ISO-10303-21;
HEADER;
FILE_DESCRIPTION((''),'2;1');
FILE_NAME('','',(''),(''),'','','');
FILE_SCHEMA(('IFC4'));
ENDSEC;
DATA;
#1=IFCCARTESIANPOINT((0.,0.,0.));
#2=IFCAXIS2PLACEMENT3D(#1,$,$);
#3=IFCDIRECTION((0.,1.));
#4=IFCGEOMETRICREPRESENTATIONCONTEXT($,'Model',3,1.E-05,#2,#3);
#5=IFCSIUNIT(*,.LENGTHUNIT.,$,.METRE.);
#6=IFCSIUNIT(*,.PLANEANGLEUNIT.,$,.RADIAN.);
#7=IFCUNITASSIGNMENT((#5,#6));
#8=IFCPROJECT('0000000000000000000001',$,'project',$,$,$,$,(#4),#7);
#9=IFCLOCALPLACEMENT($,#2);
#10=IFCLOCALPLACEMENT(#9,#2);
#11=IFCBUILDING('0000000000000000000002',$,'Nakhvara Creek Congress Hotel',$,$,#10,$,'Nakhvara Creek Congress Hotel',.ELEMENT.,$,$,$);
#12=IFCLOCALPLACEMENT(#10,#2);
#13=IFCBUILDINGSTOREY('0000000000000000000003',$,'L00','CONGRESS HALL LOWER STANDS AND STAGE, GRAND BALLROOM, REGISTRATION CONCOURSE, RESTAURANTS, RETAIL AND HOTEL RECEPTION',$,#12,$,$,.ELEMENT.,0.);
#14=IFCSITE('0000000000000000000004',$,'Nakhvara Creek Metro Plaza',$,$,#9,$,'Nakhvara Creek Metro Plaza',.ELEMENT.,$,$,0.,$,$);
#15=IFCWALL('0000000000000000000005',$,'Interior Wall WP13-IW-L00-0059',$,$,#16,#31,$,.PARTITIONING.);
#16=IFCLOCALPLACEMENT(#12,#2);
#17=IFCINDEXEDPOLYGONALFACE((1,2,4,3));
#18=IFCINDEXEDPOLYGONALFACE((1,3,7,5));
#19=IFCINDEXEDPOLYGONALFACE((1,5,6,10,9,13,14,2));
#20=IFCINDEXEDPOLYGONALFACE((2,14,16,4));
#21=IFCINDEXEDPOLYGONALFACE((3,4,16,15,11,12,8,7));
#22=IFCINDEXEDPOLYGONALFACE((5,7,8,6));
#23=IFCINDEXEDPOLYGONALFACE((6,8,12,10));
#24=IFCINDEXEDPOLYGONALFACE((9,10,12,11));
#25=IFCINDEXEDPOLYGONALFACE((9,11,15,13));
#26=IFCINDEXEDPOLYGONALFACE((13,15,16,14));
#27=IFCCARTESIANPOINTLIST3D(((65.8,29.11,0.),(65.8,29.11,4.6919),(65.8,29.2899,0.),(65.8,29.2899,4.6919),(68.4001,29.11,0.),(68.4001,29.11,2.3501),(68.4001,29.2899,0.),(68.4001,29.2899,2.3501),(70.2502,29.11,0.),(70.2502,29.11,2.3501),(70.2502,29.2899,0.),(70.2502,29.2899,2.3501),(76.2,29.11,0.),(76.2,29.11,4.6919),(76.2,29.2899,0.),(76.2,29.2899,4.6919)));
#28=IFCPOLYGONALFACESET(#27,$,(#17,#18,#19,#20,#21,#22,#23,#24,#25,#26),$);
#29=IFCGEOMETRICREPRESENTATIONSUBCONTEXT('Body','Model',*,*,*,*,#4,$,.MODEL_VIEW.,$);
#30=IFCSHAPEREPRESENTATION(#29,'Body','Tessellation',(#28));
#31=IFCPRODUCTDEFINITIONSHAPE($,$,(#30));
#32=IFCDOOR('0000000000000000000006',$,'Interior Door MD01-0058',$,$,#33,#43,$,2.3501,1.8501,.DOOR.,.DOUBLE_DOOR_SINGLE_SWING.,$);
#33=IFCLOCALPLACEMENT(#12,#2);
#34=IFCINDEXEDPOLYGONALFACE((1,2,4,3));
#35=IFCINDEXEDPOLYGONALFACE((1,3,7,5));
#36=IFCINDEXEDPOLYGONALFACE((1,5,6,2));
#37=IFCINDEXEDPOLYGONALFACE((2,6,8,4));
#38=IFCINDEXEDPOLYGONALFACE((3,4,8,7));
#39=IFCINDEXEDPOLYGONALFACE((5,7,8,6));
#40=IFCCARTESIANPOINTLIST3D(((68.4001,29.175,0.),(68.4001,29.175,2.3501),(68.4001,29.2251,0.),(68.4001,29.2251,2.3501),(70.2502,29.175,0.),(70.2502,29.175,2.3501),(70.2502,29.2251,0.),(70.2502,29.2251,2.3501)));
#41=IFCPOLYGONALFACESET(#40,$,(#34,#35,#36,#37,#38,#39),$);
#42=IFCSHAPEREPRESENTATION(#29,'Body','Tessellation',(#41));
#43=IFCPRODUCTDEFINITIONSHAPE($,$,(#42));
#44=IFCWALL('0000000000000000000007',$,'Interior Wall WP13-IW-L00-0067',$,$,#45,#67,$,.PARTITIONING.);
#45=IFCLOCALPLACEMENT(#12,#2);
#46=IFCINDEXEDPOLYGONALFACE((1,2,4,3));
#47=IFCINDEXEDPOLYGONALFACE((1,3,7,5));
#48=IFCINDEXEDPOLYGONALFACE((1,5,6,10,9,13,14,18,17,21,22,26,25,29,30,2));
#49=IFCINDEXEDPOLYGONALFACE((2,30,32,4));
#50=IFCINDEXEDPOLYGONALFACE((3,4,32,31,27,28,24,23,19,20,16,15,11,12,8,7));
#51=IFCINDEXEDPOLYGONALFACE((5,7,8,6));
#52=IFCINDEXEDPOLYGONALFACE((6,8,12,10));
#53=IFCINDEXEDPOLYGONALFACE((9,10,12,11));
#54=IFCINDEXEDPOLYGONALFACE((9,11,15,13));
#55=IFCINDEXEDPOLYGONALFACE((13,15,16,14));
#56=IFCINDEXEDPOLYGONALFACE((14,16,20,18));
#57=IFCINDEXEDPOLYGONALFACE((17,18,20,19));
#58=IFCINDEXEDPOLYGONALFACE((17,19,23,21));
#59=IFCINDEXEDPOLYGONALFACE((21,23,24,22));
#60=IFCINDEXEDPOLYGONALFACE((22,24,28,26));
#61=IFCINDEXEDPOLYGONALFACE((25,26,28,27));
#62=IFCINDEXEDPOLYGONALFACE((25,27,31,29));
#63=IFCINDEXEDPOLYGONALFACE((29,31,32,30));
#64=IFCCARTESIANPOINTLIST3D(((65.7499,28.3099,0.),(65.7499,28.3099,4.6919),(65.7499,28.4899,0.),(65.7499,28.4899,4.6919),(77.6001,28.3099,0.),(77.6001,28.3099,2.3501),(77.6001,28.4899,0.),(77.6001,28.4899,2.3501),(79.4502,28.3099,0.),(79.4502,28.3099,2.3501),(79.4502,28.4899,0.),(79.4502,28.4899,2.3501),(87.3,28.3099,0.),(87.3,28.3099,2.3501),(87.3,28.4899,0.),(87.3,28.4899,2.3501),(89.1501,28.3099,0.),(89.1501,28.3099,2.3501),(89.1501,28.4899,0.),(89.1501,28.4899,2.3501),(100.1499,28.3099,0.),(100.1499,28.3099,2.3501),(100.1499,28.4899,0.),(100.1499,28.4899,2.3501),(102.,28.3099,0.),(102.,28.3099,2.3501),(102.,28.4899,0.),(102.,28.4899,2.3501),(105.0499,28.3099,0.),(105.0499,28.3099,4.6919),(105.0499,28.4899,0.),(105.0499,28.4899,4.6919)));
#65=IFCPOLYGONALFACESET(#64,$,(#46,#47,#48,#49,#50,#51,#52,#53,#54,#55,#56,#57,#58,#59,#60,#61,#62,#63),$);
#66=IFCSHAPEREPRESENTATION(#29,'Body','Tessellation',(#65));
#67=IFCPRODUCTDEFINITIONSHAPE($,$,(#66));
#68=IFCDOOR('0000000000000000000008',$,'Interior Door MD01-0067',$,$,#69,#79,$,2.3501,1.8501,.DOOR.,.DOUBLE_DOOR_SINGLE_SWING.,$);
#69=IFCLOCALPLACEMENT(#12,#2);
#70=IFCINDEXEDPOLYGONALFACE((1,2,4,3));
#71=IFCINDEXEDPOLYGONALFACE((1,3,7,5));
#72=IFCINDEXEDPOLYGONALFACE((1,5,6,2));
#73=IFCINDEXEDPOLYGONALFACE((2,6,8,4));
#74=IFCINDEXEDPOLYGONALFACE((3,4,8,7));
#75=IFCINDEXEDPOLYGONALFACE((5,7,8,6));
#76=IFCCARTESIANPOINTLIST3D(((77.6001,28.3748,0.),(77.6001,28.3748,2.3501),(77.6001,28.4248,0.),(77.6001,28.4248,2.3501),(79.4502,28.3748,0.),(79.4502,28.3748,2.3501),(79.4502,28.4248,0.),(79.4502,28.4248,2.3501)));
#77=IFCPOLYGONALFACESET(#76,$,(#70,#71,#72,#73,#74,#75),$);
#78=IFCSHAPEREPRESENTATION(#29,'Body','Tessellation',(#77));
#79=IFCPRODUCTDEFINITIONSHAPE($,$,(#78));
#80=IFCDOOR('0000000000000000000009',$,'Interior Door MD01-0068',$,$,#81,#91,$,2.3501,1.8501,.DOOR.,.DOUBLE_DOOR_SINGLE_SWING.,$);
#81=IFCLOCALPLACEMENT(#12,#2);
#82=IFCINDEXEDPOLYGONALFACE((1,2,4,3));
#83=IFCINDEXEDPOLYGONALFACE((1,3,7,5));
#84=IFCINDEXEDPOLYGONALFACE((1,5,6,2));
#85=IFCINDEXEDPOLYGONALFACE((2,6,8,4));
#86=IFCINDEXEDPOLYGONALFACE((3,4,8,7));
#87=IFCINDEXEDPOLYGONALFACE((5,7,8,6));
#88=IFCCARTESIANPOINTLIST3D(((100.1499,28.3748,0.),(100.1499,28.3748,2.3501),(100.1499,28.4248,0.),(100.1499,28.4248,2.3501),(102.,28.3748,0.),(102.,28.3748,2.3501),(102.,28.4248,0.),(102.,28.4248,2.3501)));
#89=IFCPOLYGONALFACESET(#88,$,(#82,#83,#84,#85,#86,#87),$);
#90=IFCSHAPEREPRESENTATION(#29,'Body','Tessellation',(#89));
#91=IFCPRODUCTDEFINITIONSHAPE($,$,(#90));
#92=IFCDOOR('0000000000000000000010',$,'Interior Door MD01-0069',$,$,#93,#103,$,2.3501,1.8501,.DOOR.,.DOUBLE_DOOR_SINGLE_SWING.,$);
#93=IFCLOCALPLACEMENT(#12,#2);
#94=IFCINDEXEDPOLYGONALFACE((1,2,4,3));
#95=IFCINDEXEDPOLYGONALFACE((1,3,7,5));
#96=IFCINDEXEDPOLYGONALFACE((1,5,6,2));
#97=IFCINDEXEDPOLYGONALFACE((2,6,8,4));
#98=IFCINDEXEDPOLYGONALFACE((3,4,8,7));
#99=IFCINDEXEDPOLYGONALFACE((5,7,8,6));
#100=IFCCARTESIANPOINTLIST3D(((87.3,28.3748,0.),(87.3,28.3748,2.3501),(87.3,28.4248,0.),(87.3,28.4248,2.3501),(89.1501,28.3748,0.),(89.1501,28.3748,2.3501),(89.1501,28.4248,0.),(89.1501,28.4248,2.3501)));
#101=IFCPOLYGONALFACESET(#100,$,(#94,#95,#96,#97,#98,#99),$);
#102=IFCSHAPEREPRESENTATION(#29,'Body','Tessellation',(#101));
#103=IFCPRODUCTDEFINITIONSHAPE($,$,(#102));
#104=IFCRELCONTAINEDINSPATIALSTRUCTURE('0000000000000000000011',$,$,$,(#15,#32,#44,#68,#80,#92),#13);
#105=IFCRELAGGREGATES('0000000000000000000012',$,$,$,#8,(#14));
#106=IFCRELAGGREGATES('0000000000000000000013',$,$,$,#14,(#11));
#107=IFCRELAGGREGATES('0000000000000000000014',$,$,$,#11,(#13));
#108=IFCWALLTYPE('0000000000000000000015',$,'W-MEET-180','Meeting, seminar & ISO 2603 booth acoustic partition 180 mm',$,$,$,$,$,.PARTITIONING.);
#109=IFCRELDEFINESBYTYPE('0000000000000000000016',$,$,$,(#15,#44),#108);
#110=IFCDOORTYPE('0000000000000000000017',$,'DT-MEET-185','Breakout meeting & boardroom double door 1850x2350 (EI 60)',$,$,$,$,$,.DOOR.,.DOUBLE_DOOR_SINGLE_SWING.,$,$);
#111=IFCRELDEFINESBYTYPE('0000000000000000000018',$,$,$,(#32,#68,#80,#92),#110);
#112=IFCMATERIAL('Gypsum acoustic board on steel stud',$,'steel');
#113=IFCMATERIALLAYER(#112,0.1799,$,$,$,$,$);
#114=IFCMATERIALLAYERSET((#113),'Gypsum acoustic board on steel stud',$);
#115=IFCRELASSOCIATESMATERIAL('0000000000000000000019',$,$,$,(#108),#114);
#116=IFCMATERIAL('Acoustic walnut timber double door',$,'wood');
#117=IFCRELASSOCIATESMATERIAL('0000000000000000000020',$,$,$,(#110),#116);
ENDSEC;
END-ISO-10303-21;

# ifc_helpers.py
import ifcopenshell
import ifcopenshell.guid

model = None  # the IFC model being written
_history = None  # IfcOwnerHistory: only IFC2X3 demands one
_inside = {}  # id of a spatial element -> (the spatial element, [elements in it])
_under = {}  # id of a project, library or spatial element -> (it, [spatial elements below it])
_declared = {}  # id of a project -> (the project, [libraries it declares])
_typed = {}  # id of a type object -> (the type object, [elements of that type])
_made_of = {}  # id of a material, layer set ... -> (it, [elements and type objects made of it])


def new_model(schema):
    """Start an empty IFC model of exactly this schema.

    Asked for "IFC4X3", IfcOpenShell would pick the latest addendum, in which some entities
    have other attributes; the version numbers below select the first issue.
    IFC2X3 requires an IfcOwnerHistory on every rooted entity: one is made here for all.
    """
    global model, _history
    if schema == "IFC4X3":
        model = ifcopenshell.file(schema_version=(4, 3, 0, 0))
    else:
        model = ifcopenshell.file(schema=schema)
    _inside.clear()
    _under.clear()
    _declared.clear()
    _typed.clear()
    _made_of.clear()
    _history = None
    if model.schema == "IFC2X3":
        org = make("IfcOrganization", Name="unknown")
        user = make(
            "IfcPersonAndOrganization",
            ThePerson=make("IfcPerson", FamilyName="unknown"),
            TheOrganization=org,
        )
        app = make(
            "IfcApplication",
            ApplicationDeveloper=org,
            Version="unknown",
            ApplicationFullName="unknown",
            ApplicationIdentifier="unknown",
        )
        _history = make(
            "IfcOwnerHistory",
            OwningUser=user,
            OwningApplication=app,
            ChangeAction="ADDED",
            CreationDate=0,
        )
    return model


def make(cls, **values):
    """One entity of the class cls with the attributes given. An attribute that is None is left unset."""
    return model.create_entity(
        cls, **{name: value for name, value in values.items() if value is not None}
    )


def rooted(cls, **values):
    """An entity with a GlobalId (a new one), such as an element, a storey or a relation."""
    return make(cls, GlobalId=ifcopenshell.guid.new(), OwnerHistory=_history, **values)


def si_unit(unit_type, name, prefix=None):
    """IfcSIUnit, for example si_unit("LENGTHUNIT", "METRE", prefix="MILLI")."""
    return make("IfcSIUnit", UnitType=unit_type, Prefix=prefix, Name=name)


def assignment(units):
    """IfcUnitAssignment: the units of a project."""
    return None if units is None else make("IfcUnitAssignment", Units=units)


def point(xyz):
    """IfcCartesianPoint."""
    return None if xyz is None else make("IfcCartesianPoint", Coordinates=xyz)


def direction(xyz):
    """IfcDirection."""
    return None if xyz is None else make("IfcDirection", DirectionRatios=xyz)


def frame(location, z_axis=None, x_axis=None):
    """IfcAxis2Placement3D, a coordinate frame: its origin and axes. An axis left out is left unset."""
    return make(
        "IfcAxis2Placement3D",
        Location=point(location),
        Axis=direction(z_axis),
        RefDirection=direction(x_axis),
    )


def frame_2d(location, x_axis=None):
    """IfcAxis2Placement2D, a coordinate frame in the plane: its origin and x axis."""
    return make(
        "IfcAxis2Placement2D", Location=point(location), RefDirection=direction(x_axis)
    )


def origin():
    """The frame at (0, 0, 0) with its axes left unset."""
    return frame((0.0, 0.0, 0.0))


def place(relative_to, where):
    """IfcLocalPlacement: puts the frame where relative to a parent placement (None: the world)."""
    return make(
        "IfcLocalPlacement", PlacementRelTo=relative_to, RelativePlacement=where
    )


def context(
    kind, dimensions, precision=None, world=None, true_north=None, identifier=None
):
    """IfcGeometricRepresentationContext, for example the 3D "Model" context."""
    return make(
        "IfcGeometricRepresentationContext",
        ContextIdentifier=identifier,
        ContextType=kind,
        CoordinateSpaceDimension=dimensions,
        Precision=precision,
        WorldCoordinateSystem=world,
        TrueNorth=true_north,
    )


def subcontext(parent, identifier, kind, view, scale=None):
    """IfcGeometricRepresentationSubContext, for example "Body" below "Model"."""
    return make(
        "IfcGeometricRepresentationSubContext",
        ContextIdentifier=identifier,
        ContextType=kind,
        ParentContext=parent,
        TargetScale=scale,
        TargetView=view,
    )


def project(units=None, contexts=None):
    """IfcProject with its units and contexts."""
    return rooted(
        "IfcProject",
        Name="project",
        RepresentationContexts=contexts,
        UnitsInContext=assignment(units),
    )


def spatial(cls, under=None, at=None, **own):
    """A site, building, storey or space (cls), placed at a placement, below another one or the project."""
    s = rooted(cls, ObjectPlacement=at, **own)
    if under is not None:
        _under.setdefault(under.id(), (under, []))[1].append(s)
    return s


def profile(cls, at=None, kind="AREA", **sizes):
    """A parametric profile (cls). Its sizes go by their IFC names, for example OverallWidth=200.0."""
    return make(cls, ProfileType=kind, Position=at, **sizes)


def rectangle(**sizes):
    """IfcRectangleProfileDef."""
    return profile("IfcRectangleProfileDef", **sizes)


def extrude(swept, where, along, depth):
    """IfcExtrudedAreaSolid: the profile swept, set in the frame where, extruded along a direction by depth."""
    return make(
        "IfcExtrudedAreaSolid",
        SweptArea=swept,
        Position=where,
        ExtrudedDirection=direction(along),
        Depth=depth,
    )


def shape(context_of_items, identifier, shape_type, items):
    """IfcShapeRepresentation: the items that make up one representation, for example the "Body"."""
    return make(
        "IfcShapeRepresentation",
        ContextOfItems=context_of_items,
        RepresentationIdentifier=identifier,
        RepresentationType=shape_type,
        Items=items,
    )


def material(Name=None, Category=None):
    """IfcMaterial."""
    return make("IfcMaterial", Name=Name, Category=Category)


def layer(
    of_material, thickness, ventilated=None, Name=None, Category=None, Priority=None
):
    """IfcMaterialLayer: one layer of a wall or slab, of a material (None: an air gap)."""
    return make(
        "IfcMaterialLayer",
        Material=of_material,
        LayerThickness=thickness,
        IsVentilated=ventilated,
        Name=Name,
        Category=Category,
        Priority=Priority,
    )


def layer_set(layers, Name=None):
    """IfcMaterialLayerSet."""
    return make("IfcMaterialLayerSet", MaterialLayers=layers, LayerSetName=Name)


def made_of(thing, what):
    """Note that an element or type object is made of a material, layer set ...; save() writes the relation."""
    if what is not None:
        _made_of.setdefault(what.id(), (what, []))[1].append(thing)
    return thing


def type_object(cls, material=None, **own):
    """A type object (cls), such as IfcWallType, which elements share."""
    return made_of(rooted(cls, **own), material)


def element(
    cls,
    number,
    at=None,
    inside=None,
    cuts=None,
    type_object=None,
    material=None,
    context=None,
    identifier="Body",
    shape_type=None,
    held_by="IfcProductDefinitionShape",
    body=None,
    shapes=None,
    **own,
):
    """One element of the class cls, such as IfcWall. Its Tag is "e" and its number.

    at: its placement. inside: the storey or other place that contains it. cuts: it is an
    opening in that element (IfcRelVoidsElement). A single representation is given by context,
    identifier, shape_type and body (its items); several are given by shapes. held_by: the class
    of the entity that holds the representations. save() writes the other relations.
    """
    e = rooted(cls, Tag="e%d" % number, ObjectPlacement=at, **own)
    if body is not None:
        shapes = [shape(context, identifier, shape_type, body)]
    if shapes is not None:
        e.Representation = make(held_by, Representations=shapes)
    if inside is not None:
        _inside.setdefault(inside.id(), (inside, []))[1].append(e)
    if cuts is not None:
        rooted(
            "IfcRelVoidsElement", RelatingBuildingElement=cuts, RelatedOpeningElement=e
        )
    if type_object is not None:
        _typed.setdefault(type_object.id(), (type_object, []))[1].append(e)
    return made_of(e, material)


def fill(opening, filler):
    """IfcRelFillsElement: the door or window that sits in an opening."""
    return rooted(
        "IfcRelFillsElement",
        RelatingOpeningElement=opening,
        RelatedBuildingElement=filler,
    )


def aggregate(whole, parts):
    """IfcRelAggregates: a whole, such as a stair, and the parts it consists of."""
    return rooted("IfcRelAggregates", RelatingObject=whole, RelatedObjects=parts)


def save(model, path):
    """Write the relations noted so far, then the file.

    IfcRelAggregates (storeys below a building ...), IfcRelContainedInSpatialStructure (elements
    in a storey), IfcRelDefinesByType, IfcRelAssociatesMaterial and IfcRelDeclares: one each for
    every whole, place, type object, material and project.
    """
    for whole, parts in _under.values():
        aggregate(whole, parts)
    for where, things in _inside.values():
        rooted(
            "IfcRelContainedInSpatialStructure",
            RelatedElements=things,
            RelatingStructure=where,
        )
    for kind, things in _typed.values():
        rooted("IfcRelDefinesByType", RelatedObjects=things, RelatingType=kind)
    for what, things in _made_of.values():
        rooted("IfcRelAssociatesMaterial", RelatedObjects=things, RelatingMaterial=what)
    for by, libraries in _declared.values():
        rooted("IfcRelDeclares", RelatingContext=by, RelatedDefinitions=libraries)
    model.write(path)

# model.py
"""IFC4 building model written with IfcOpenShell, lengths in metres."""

from ifc_helpers import new_model, si_unit, direction, frame, frame_2d, origin, place, context, subcontext, project, spatial, rectangle, extrude, material, layer, layer_set, type_object, element, fill, save


model = new_model("IFC4")

# Units and contexts
model_context = context("Model", 3, precision=1e-05, world=origin(), true_north=direction((0.0, 1.0)))
body_context = subcontext(model_context, "Body", "Model", "MODEL_VIEW")
ifc_project = project(units=[si_unit("LENGTHUNIT", "METRE"), si_unit("PLANEANGLEUNIT", "RADIAN")], contexts=[model_context])

# Site, building, storey
site_placement = place(None, origin())
site = spatial("IfcSite", under=ifc_project, at=site_placement, Name="Nakhvara Creek Metro Plaza", LongName="Nakhvara Creek Metro Plaza", CompositionType="ELEMENT", RefElevation=0.0)
building_placement = place(site_placement, origin())
building = spatial("IfcBuilding", under=site, at=building_placement, Name="Nakhvara Creek Congress Hotel", LongName="Nakhvara Creek Congress Hotel", CompositionType="ELEMENT")
storey_placement = place(building_placement, origin())
storey = spatial("IfcBuildingStorey", under=building, at=storey_placement, Name="L00", Description="CONGRESS HALL LOWER STANDS AND STAGE, GRAND BALLROOM, REGISTRATION CONCOURSE, RESTAURANTS, RETAIL AND HOTEL RECEPTION", CompositionType="ELEMENT", Elevation=0.0)

# Wall, opening, door
ifc_material_1 = material(Name="Gypsum acoustic board on steel stud", Category="steel")
ifc_layer_1 = layer(ifc_material_1, 0.1799)
ifc_layer_set_1 = layer_set([ifc_layer_1], Name="Gypsum acoustic board on steel stud")
wall_type_1 = type_object("IfcWallType", Name="W-MEET-180", Description="Meeting, seminar & ISO 2603 booth acoustic partition 180 mm", PredefinedType="PARTITIONING", material=ifc_layer_set_1)
wall_1_placement = place(storey_placement, frame((65.8, 29.2, 0.0), z_axis=(0.0, 0.0, 1.0), x_axis=(1.0, 0.0, 0.0)))
wall_1 = element("IfcWall", 1, at=wall_1_placement, inside=storey, type_object=wall_type_1, Name="Interior Wall WP13-IW-L00-0059", PredefinedType="PARTITIONING", context=body_context, shape_type="SweptSolid", body=[
    extrude(rectangle(XDim=10.3999, YDim=0.1799, at=frame_2d((5.2, 0.0))), origin(), (0.0, 0.0, 1.0), 4.6919),
])
opening_1_placement = place(wall_1_placement, frame((2.6001, 0.0, 0.0)))
opening_1 = element("IfcOpeningElement", 2, at=opening_1_placement, cuts=wall_1, PredefinedType="OPENING", context=body_context, shape_type="SweptSolid", body=[
    extrude(rectangle(XDim=1.8501, YDim=2.3501, at=frame_2d((0.925, 1.175))), frame((0.0, 0.1021, 0.0), z_axis=(0.0, -1.0, 0.0), x_axis=(1.0, 0.0, 0.0)), (0.0, 0.0, 1.0), 0.2039),
])
ifc_material_2 = material(Name="Acoustic walnut timber double door", Category="wood")
door_type_1 = type_object("IfcDoorType", Name="DT-MEET-185", Description="Breakout meeting & boardroom double door 1850x2350 (EI 60)", OperationType="DOUBLE_DOOR_SINGLE_SWING", PredefinedType="DOOR", material=ifc_material_2)
door_1_placement = place(opening_1_placement, frame((1.8501, 0.0, 0.0), z_axis=(0.0, 0.0, 1.0), x_axis=(-1.0, 0.0, 0.0)))
door_1 = element("IfcDoor", 3, at=door_1_placement, inside=storey, type_object=door_type_1, Name="Interior Door MD01-0058", OperationType="DOUBLE_DOOR_SINGLE_SWING", OverallHeight=2.3501, OverallWidth=1.8501, PredefinedType="DOOR", context=body_context, shape_type="SweptSolid", body=[
    extrude(rectangle(XDim=1.8501, YDim=2.3501, at=frame_2d((0.925, 1.175))), frame((0.0, 0.0249, 0.0), z_axis=(0.0, -1.0, 0.0), x_axis=(1.0, 0.0, 0.0)), (0.0, 0.0, 1.0), 0.05),
])
fill(opening_1, door_1)

# Wall, openings, doors
wall_2_placement = place(storey_placement, frame((65.75, 28.3999, 0.0), z_axis=(0.0, 0.0, 1.0), x_axis=(1.0, 0.0, 0.0)))
wall_2 = element("IfcWall", 4, at=wall_2_placement, inside=storey, type_object=wall_type_1, Name="Interior Wall WP13-IW-L00-0067", PredefinedType="PARTITIONING", context=body_context, shape_type="SweptSolid", body=[
    extrude(rectangle(XDim=39.3, YDim=0.1799, at=frame_2d((19.6499, 0.0))), origin(), (0.0, 0.0, 1.0), 4.6919),
])
opening_2_placement = place(wall_2_placement, frame((11.8501, 0.0, 0.0)))
opening_2 = element("IfcOpeningElement", 5, at=opening_2_placement, cuts=wall_2, PredefinedType="OPENING", context=body_context, shape_type="SweptSolid", body=[
    extrude(rectangle(XDim=1.8501, YDim=2.3501, at=frame_2d((0.925, 1.175))), frame((0.0, 0.1021, 0.0), z_axis=(0.0, -1.0, 0.0), x_axis=(1.0, 0.0, 0.0)), (0.0, 0.0, 1.0), 0.2039),
])
opening_3_placement = place(wall_2_placement, frame((34.3999, 0.0, 0.0)))
opening_3 = element("IfcOpeningElement", 6, at=opening_3_placement, cuts=wall_2, PredefinedType="OPENING", context=body_context, shape_type="SweptSolid", body=[
    extrude(rectangle(XDim=1.8501, YDim=2.3501, at=frame_2d((0.925, 1.175))), frame((0.0, 0.1021, 0.0), z_axis=(0.0, -1.0, 0.0), x_axis=(1.0, 0.0, 0.0)), (0.0, 0.0, 1.0), 0.2039),
])
opening_4_placement = place(wall_2_placement, frame((21.55, 0.0, 0.0)))
opening_4 = element("IfcOpeningElement", 7, at=opening_4_placement, cuts=wall_2, PredefinedType="OPENING", context=body_context, shape_type="SweptSolid", body=[
    extrude(rectangle(XDim=1.8501, YDim=2.3501, at=frame_2d((0.925, 1.175))), frame((0.0, 0.1021, 0.0), z_axis=(0.0, -1.0, 0.0), x_axis=(1.0, 0.0, 0.0)), (0.0, 0.0, 1.0), 0.2039),
])
door_2_placement = place(opening_2_placement, origin())
door_2 = element("IfcDoor", 8, at=door_2_placement, inside=storey, type_object=door_type_1, Name="Interior Door MD01-0067", OperationType="DOUBLE_DOOR_SINGLE_SWING", OverallHeight=2.3501, OverallWidth=1.8501, PredefinedType="DOOR", context=body_context, shape_type="SweptSolid", body=[
    extrude(rectangle(XDim=1.8501, YDim=2.3501, at=frame_2d((0.925, 1.175))), frame((0.0, 0.0249, 0.0), z_axis=(0.0, -1.0, 0.0), x_axis=(1.0, 0.0, 0.0)), (0.0, 0.0, 1.0), 0.05),
])
fill(opening_2, door_2)
door_3_placement = place(opening_3_placement, origin())
door_3 = element("IfcDoor", 9, at=door_3_placement, inside=storey, type_object=door_type_1, Name="Interior Door MD01-0068", OperationType="DOUBLE_DOOR_SINGLE_SWING", OverallHeight=2.3501, OverallWidth=1.8501, PredefinedType="DOOR", context=body_context, shape_type="SweptSolid", body=[
    extrude(rectangle(XDim=1.8501, YDim=2.3501, at=frame_2d((0.925, 1.175))), frame((0.0, 0.0249, 0.0), z_axis=(0.0, -1.0, 0.0), x_axis=(1.0, 0.0, 0.0)), (0.0, 0.0, 1.0), 0.05),
])
fill(opening_3, door_3)
door_4_placement = place(opening_4_placement, origin())
door_4 = element("IfcDoor", 10, at=door_4_placement, inside=storey, type_object=door_type_1, Name="Interior Door MD01-0069", OperationType="DOUBLE_DOOR_SINGLE_SWING", OverallHeight=2.3501, OverallWidth=1.8501, PredefinedType="DOOR", context=body_context, shape_type="SweptSolid", body=[
    extrude(rectangle(XDim=1.8501, YDim=2.3501, at=frame_2d((0.925, 1.175))), frame((0.0, 0.0249, 0.0), z_axis=(0.0, -1.0, 0.0), x_axis=(1.0, 0.0, 0.0)), (0.0, 0.0, 1.0), 0.05),
])
fill(opening_4, door_4)

save(model, "model.ifc")
